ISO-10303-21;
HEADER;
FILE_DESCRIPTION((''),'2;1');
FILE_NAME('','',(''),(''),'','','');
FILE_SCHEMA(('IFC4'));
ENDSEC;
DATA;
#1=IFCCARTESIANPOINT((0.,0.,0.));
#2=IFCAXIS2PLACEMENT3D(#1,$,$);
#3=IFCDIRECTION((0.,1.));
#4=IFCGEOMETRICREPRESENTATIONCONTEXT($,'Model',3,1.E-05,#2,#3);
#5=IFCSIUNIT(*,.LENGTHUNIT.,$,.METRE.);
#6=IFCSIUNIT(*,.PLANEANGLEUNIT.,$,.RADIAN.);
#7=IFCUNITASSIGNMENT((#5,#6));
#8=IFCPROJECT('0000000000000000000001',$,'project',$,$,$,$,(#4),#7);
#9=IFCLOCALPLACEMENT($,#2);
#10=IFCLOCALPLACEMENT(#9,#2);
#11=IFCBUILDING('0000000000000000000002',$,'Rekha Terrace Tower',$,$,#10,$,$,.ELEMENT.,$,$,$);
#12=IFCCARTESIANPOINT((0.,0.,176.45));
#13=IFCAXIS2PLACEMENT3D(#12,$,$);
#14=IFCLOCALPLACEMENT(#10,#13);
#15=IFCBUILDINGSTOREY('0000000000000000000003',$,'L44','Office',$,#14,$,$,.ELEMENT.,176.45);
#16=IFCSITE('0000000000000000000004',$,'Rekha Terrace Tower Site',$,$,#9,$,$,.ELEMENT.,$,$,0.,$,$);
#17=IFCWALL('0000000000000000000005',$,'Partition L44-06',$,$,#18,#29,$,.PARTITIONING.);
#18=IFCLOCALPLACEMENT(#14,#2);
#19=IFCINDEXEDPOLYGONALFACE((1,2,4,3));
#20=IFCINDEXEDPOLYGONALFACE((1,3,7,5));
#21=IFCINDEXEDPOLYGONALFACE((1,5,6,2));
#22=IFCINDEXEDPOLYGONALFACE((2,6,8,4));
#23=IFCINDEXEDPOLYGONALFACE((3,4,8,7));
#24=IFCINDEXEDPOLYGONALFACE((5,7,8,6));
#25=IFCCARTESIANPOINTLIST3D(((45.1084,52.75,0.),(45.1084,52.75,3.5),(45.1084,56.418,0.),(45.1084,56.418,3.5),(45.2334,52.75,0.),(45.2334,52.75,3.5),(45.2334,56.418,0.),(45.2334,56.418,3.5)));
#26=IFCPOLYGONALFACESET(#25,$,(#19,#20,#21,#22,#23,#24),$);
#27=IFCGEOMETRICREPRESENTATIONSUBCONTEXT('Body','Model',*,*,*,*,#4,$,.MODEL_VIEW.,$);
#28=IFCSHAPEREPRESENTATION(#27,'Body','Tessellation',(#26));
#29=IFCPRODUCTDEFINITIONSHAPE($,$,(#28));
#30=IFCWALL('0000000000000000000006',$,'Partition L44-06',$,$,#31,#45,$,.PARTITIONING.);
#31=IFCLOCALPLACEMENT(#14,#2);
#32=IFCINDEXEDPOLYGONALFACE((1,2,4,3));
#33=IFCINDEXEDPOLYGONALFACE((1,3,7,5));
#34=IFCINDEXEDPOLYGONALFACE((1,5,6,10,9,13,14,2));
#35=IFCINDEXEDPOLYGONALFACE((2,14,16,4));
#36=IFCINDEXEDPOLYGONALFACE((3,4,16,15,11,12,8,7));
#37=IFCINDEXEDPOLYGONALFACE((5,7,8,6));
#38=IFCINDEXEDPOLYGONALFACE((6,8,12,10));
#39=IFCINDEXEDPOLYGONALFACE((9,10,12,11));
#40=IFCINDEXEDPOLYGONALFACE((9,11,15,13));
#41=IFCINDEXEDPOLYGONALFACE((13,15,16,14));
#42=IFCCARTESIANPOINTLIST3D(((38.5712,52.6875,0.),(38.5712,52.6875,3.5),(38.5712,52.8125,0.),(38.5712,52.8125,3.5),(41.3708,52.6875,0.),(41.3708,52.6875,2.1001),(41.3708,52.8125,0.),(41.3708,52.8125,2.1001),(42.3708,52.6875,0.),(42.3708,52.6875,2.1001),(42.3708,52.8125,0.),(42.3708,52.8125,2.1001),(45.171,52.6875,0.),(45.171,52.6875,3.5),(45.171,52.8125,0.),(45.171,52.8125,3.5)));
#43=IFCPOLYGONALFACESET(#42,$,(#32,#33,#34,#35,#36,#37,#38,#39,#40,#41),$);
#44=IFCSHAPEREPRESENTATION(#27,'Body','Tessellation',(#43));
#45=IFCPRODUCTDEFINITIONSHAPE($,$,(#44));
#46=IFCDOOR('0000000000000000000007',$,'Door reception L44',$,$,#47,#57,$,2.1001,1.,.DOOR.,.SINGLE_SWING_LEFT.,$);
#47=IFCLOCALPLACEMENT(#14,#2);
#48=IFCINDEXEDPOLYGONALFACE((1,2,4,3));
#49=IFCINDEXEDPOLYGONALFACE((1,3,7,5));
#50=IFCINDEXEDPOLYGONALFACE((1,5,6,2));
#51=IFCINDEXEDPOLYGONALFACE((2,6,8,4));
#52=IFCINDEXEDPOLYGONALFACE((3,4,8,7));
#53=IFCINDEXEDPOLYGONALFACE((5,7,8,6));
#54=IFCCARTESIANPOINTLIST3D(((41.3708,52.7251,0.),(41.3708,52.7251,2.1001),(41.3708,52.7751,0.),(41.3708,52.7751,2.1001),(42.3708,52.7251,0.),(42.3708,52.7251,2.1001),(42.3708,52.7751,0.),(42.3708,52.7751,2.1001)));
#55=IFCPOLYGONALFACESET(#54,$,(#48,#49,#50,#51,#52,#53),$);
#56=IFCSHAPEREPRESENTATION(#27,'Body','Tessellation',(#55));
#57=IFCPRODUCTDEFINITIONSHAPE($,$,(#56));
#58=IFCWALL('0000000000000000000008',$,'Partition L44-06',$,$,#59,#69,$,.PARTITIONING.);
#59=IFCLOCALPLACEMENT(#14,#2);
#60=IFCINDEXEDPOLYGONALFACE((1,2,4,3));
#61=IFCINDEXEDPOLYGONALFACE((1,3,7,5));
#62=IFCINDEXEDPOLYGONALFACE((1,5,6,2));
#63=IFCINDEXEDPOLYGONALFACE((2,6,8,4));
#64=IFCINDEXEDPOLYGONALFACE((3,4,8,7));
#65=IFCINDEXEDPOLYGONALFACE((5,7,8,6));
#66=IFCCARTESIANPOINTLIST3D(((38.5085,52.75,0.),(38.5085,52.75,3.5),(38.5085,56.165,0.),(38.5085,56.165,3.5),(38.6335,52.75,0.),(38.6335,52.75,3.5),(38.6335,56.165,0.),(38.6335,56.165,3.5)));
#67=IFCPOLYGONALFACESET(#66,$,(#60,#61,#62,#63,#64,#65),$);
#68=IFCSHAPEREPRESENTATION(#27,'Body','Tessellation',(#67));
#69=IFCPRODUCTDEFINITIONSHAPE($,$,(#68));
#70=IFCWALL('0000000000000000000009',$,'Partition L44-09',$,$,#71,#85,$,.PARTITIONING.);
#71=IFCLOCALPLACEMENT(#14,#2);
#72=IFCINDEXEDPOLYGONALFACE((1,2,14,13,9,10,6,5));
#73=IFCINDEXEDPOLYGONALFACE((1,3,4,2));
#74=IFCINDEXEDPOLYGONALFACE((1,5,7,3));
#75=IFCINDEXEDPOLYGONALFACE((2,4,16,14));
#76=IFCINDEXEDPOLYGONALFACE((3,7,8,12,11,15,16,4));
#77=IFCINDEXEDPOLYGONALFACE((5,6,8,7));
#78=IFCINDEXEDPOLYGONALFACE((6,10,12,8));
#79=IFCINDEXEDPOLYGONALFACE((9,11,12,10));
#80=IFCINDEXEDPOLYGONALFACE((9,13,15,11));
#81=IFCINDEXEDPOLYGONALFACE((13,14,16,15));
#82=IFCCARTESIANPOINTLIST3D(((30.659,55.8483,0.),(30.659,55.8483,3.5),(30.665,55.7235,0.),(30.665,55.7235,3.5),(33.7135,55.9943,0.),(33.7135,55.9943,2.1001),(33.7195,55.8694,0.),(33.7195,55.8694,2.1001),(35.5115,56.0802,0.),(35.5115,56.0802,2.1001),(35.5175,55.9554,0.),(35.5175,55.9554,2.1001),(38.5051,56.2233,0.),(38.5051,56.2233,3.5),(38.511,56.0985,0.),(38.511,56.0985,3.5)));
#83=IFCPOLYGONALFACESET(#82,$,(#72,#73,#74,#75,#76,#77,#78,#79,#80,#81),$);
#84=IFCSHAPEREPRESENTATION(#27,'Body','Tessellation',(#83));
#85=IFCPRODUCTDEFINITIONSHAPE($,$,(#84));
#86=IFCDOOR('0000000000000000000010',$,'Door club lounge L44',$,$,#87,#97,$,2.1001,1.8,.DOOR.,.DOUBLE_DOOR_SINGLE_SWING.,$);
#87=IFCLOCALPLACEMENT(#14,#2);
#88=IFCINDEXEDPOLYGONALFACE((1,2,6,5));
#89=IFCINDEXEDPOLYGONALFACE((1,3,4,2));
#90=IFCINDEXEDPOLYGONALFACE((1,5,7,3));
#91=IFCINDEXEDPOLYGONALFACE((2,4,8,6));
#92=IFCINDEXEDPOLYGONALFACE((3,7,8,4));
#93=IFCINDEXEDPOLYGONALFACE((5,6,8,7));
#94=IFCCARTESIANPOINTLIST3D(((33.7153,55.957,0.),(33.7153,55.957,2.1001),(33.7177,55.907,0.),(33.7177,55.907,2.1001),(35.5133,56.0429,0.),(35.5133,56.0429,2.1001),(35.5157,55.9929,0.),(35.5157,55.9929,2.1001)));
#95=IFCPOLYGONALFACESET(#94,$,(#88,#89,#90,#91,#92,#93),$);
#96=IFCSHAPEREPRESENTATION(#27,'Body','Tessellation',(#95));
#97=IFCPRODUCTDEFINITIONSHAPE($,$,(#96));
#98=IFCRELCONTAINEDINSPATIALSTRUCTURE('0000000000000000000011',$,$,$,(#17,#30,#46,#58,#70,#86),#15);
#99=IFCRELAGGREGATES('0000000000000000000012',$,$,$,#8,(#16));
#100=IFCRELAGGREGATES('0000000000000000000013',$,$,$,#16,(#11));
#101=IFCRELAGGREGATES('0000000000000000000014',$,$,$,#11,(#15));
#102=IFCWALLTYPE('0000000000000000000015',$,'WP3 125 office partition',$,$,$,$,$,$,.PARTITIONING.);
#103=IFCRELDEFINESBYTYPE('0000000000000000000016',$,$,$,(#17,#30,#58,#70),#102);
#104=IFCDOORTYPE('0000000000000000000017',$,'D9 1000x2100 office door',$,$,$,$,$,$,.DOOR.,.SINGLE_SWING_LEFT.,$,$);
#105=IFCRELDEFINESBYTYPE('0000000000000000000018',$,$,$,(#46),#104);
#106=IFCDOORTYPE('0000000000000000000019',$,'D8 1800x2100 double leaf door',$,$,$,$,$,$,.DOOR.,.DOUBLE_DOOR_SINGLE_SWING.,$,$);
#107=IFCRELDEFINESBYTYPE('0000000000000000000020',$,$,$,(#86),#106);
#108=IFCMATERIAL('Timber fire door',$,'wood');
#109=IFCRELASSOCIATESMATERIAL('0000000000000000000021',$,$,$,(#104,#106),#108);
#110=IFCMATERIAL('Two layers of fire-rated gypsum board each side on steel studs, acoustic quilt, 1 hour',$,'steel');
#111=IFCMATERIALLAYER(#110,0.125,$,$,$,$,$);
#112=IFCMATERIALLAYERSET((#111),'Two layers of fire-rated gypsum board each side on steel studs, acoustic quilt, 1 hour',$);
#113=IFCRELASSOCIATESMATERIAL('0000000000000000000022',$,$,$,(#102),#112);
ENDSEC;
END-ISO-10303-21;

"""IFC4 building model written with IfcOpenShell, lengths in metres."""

from ifc_helpers import new_model, si_unit, direction, frame, frame_2d, origin, place, context, subcontext, project, spatial, rectangle, extrude, material, layer, layer_set, type_object, element, fill, save


model = new_model("IFC4")

# Units and contexts
model_context = context("Model", 3, precision=1e-05, world=origin(), true_north=direction((0.0, 1.0)))
body_context = subcontext(model_context, "Body", "Model", "MODEL_VIEW")
ifc_project = project(units=[si_unit("LENGTHUNIT", "METRE"), si_unit("PLANEANGLEUNIT", "RADIAN")], contexts=[model_context])

# Site, building, storey
site_placement = place(None, origin())
site = spatial("IfcSite", under=ifc_project, at=site_placement, Name="Rekha Terrace Tower Site", CompositionType="ELEMENT", RefElevation=0.0)
building_placement = place(site_placement, origin())
building = spatial("IfcBuilding", under=site, at=building_placement, Name="Rekha Terrace Tower", CompositionType="ELEMENT")
storey_placement = place(building_placement, frame((0.0, 0.0, 176.45)))
storey = spatial("IfcBuildingStorey", under=building, at=storey_placement, Name="L44", Description="Office", CompositionType="ELEMENT", Elevation=176.45)

# Shared definitions
ifc_material_1 = material(Name="Timber fire door", Category="wood")
door_type_1 = type_object("IfcDoorType", Name="D9 1000x2100 office door", OperationType="SINGLE_SWING_LEFT", PredefinedType="DOOR", material=ifc_material_1)
ifc_material_2 = material(Name="Two layers of fire-rated gypsum board each side on steel studs, acoustic quilt, 1 hour", Category="steel")
ifc_layer_1 = layer(ifc_material_2, 0.125)
ifc_layer_set_1 = layer_set([ifc_layer_1], Name="Two layers of fire-rated gypsum board each side on steel studs, acoustic quilt, 1 hour")
wall_type_1 = type_object("IfcWallType", Name="WP3 125 office partition", PredefinedType="PARTITIONING", material=ifc_layer_set_1)

# Shared definitions
door_type_2 = type_object("IfcDoorType", Name="D8 1800x2100 double leaf door", OperationType="DOUBLE_DOOR_SINGLE_SWING", PredefinedType="DOOR", material=ifc_material_1)

# Wall
wall_1_placement = place(storey_placement, frame((45.1709, 56.418, 0.0), z_axis=(0.0, 0.0, 1.0), x_axis=(0.0, -1.0, 0.0)))
element("IfcWall", 1, at=wall_1_placement, inside=storey, type_object=wall_type_1, Name="Partition L44-06", PredefinedType="PARTITIONING", context=body_context, shape_type="SweptSolid", body=[
    extrude(rectangle(XDim=3.668, YDim=0.125, at=frame_2d((1.834, 0.0))), origin(), (0.0, 0.0, 1.0), 3.5),
])

# Wall, opening, door
wall_2_placement = place(storey_placement, frame((45.1709, 52.75, 0.0), z_axis=(0.0, 0.0, 1.0), x_axis=(-1.0, 0.0, 0.0)))
wall_2 = element("IfcWall", 2, at=wall_2_placement, inside=storey, type_object=wall_type_1, Name="Partition L44-06", PredefinedType="PARTITIONING", context=body_context, shape_type="SweptSolid", body=[
    extrude(rectangle(XDim=6.5999, YDim=0.125, at=frame_2d((3.2998, 0.0))), origin(), (0.0, 0.0, 1.0), 3.5),
])
opening_1_placement = place(wall_2_placement, frame((2.8, 0.0, 0.0)))
opening_1 = element("IfcOpeningElement", 3, at=opening_1_placement, cuts=wall_2, PredefinedType="OPENING", context=body_context, shape_type="SweptSolid", body=[
    extrude(rectangle(XDim=1.0, YDim=2.1001, at=frame_2d((0.5, 1.05))), frame((0.0, 0.0725, 0.0), z_axis=(0.0, -1.0, 0.0), x_axis=(1.0, 0.0, 0.0)), (0.0, 0.0, 1.0), 0.145),
])
door_1_placement = place(opening_1_placement, origin())
door_1 = element("IfcDoor", 4, at=door_1_placement, inside=storey, type_object=door_type_1, Name="Door reception L44", OperationType="SINGLE_SWING_LEFT", OverallHeight=2.1001, OverallWidth=1.0, PredefinedType="DOOR", context=body_context, shape_type="SweptSolid", body=[
    extrude(rectangle(XDim=1.0, YDim=2.1001, at=frame_2d((0.5, 1.05))), frame((0.0, 0.0249, 0.0), z_axis=(0.0, -1.0, 0.0), x_axis=(1.0, 0.0, 0.0)), (0.0, 0.0, 1.0), 0.05),
])
fill(opening_1, door_1)

# Wall
wall_3_placement = place(storey_placement, frame((38.571, 52.75, 0.0), z_axis=(0.0, 0.0, 1.0), x_axis=(0.0, 1.0, 0.0)))
element("IfcWall", 5, at=wall_3_placement, inside=storey, type_object=wall_type_1, Name="Partition L44-06", PredefinedType="PARTITIONING", context=body_context, shape_type="SweptSolid", body=[
    extrude(rectangle(XDim=3.415, YDim=0.125, at=frame_2d((1.7075, 0.0))), origin(), (0.0, 0.0, 1.0), 3.5),
])

# Wall, opening, door
wall_4_placement = place(storey_placement, frame((38.5081, 56.1609, 0.0), z_axis=(0.0, 0.0, 1.0), x_axis=(-0.99886, -0.047741, 0.0)))
wall_4 = element("IfcWall", 6, at=wall_4_placement, inside=storey, type_object=wall_type_1, Name="Partition L44-09", PredefinedType="PARTITIONING", context=body_context, shape_type="SweptSolid", body=[
    extrude(rectangle(XDim=7.855, YDim=0.125, at=frame_2d((3.9275, 0.0))), origin(), (0.0, 0.0, 1.0), 3.5),
])
opening_2_placement = place(wall_4_placement, frame((2.9971, 0.0, 0.0)))
opening_2 = element("IfcOpeningElement", 7, at=opening_2_placement, cuts=wall_4, PredefinedType="OPENING", context=body_context, shape_type="SweptSolid", body=[
    extrude(rectangle(XDim=1.8, YDim=2.1001, at=frame_2d((0.8999, 1.05))), frame((0.0, 0.0725, 0.0), z_axis=(0.0, -1.0, 0.0), x_axis=(1.0, 0.0, 0.0)), (0.0, 0.0, 1.0), 0.145),
])
door_2_placement = place(opening_2_placement, origin())
door_2 = element("IfcDoor", 8, at=door_2_placement, inside=storey, type_object=door_type_2, Name="Door club lounge L44", OperationType="DOUBLE_DOOR_SINGLE_SWING", OverallHeight=2.1001, OverallWidth=1.8, PredefinedType="DOOR", context=body_context, shape_type="SweptSolid", body=[
    extrude(rectangle(XDim=1.8, YDim=2.1001, at=frame_2d((0.8999, 1.05))), frame((0.0, 0.0249, 0.0), z_axis=(0.0, -1.0, 0.0), x_axis=(1.0, 0.0, 0.0)), (0.0, 0.0, 1.0), 0.05),
])
fill(opening_2, door_2)

save(model, "model.ifc")
